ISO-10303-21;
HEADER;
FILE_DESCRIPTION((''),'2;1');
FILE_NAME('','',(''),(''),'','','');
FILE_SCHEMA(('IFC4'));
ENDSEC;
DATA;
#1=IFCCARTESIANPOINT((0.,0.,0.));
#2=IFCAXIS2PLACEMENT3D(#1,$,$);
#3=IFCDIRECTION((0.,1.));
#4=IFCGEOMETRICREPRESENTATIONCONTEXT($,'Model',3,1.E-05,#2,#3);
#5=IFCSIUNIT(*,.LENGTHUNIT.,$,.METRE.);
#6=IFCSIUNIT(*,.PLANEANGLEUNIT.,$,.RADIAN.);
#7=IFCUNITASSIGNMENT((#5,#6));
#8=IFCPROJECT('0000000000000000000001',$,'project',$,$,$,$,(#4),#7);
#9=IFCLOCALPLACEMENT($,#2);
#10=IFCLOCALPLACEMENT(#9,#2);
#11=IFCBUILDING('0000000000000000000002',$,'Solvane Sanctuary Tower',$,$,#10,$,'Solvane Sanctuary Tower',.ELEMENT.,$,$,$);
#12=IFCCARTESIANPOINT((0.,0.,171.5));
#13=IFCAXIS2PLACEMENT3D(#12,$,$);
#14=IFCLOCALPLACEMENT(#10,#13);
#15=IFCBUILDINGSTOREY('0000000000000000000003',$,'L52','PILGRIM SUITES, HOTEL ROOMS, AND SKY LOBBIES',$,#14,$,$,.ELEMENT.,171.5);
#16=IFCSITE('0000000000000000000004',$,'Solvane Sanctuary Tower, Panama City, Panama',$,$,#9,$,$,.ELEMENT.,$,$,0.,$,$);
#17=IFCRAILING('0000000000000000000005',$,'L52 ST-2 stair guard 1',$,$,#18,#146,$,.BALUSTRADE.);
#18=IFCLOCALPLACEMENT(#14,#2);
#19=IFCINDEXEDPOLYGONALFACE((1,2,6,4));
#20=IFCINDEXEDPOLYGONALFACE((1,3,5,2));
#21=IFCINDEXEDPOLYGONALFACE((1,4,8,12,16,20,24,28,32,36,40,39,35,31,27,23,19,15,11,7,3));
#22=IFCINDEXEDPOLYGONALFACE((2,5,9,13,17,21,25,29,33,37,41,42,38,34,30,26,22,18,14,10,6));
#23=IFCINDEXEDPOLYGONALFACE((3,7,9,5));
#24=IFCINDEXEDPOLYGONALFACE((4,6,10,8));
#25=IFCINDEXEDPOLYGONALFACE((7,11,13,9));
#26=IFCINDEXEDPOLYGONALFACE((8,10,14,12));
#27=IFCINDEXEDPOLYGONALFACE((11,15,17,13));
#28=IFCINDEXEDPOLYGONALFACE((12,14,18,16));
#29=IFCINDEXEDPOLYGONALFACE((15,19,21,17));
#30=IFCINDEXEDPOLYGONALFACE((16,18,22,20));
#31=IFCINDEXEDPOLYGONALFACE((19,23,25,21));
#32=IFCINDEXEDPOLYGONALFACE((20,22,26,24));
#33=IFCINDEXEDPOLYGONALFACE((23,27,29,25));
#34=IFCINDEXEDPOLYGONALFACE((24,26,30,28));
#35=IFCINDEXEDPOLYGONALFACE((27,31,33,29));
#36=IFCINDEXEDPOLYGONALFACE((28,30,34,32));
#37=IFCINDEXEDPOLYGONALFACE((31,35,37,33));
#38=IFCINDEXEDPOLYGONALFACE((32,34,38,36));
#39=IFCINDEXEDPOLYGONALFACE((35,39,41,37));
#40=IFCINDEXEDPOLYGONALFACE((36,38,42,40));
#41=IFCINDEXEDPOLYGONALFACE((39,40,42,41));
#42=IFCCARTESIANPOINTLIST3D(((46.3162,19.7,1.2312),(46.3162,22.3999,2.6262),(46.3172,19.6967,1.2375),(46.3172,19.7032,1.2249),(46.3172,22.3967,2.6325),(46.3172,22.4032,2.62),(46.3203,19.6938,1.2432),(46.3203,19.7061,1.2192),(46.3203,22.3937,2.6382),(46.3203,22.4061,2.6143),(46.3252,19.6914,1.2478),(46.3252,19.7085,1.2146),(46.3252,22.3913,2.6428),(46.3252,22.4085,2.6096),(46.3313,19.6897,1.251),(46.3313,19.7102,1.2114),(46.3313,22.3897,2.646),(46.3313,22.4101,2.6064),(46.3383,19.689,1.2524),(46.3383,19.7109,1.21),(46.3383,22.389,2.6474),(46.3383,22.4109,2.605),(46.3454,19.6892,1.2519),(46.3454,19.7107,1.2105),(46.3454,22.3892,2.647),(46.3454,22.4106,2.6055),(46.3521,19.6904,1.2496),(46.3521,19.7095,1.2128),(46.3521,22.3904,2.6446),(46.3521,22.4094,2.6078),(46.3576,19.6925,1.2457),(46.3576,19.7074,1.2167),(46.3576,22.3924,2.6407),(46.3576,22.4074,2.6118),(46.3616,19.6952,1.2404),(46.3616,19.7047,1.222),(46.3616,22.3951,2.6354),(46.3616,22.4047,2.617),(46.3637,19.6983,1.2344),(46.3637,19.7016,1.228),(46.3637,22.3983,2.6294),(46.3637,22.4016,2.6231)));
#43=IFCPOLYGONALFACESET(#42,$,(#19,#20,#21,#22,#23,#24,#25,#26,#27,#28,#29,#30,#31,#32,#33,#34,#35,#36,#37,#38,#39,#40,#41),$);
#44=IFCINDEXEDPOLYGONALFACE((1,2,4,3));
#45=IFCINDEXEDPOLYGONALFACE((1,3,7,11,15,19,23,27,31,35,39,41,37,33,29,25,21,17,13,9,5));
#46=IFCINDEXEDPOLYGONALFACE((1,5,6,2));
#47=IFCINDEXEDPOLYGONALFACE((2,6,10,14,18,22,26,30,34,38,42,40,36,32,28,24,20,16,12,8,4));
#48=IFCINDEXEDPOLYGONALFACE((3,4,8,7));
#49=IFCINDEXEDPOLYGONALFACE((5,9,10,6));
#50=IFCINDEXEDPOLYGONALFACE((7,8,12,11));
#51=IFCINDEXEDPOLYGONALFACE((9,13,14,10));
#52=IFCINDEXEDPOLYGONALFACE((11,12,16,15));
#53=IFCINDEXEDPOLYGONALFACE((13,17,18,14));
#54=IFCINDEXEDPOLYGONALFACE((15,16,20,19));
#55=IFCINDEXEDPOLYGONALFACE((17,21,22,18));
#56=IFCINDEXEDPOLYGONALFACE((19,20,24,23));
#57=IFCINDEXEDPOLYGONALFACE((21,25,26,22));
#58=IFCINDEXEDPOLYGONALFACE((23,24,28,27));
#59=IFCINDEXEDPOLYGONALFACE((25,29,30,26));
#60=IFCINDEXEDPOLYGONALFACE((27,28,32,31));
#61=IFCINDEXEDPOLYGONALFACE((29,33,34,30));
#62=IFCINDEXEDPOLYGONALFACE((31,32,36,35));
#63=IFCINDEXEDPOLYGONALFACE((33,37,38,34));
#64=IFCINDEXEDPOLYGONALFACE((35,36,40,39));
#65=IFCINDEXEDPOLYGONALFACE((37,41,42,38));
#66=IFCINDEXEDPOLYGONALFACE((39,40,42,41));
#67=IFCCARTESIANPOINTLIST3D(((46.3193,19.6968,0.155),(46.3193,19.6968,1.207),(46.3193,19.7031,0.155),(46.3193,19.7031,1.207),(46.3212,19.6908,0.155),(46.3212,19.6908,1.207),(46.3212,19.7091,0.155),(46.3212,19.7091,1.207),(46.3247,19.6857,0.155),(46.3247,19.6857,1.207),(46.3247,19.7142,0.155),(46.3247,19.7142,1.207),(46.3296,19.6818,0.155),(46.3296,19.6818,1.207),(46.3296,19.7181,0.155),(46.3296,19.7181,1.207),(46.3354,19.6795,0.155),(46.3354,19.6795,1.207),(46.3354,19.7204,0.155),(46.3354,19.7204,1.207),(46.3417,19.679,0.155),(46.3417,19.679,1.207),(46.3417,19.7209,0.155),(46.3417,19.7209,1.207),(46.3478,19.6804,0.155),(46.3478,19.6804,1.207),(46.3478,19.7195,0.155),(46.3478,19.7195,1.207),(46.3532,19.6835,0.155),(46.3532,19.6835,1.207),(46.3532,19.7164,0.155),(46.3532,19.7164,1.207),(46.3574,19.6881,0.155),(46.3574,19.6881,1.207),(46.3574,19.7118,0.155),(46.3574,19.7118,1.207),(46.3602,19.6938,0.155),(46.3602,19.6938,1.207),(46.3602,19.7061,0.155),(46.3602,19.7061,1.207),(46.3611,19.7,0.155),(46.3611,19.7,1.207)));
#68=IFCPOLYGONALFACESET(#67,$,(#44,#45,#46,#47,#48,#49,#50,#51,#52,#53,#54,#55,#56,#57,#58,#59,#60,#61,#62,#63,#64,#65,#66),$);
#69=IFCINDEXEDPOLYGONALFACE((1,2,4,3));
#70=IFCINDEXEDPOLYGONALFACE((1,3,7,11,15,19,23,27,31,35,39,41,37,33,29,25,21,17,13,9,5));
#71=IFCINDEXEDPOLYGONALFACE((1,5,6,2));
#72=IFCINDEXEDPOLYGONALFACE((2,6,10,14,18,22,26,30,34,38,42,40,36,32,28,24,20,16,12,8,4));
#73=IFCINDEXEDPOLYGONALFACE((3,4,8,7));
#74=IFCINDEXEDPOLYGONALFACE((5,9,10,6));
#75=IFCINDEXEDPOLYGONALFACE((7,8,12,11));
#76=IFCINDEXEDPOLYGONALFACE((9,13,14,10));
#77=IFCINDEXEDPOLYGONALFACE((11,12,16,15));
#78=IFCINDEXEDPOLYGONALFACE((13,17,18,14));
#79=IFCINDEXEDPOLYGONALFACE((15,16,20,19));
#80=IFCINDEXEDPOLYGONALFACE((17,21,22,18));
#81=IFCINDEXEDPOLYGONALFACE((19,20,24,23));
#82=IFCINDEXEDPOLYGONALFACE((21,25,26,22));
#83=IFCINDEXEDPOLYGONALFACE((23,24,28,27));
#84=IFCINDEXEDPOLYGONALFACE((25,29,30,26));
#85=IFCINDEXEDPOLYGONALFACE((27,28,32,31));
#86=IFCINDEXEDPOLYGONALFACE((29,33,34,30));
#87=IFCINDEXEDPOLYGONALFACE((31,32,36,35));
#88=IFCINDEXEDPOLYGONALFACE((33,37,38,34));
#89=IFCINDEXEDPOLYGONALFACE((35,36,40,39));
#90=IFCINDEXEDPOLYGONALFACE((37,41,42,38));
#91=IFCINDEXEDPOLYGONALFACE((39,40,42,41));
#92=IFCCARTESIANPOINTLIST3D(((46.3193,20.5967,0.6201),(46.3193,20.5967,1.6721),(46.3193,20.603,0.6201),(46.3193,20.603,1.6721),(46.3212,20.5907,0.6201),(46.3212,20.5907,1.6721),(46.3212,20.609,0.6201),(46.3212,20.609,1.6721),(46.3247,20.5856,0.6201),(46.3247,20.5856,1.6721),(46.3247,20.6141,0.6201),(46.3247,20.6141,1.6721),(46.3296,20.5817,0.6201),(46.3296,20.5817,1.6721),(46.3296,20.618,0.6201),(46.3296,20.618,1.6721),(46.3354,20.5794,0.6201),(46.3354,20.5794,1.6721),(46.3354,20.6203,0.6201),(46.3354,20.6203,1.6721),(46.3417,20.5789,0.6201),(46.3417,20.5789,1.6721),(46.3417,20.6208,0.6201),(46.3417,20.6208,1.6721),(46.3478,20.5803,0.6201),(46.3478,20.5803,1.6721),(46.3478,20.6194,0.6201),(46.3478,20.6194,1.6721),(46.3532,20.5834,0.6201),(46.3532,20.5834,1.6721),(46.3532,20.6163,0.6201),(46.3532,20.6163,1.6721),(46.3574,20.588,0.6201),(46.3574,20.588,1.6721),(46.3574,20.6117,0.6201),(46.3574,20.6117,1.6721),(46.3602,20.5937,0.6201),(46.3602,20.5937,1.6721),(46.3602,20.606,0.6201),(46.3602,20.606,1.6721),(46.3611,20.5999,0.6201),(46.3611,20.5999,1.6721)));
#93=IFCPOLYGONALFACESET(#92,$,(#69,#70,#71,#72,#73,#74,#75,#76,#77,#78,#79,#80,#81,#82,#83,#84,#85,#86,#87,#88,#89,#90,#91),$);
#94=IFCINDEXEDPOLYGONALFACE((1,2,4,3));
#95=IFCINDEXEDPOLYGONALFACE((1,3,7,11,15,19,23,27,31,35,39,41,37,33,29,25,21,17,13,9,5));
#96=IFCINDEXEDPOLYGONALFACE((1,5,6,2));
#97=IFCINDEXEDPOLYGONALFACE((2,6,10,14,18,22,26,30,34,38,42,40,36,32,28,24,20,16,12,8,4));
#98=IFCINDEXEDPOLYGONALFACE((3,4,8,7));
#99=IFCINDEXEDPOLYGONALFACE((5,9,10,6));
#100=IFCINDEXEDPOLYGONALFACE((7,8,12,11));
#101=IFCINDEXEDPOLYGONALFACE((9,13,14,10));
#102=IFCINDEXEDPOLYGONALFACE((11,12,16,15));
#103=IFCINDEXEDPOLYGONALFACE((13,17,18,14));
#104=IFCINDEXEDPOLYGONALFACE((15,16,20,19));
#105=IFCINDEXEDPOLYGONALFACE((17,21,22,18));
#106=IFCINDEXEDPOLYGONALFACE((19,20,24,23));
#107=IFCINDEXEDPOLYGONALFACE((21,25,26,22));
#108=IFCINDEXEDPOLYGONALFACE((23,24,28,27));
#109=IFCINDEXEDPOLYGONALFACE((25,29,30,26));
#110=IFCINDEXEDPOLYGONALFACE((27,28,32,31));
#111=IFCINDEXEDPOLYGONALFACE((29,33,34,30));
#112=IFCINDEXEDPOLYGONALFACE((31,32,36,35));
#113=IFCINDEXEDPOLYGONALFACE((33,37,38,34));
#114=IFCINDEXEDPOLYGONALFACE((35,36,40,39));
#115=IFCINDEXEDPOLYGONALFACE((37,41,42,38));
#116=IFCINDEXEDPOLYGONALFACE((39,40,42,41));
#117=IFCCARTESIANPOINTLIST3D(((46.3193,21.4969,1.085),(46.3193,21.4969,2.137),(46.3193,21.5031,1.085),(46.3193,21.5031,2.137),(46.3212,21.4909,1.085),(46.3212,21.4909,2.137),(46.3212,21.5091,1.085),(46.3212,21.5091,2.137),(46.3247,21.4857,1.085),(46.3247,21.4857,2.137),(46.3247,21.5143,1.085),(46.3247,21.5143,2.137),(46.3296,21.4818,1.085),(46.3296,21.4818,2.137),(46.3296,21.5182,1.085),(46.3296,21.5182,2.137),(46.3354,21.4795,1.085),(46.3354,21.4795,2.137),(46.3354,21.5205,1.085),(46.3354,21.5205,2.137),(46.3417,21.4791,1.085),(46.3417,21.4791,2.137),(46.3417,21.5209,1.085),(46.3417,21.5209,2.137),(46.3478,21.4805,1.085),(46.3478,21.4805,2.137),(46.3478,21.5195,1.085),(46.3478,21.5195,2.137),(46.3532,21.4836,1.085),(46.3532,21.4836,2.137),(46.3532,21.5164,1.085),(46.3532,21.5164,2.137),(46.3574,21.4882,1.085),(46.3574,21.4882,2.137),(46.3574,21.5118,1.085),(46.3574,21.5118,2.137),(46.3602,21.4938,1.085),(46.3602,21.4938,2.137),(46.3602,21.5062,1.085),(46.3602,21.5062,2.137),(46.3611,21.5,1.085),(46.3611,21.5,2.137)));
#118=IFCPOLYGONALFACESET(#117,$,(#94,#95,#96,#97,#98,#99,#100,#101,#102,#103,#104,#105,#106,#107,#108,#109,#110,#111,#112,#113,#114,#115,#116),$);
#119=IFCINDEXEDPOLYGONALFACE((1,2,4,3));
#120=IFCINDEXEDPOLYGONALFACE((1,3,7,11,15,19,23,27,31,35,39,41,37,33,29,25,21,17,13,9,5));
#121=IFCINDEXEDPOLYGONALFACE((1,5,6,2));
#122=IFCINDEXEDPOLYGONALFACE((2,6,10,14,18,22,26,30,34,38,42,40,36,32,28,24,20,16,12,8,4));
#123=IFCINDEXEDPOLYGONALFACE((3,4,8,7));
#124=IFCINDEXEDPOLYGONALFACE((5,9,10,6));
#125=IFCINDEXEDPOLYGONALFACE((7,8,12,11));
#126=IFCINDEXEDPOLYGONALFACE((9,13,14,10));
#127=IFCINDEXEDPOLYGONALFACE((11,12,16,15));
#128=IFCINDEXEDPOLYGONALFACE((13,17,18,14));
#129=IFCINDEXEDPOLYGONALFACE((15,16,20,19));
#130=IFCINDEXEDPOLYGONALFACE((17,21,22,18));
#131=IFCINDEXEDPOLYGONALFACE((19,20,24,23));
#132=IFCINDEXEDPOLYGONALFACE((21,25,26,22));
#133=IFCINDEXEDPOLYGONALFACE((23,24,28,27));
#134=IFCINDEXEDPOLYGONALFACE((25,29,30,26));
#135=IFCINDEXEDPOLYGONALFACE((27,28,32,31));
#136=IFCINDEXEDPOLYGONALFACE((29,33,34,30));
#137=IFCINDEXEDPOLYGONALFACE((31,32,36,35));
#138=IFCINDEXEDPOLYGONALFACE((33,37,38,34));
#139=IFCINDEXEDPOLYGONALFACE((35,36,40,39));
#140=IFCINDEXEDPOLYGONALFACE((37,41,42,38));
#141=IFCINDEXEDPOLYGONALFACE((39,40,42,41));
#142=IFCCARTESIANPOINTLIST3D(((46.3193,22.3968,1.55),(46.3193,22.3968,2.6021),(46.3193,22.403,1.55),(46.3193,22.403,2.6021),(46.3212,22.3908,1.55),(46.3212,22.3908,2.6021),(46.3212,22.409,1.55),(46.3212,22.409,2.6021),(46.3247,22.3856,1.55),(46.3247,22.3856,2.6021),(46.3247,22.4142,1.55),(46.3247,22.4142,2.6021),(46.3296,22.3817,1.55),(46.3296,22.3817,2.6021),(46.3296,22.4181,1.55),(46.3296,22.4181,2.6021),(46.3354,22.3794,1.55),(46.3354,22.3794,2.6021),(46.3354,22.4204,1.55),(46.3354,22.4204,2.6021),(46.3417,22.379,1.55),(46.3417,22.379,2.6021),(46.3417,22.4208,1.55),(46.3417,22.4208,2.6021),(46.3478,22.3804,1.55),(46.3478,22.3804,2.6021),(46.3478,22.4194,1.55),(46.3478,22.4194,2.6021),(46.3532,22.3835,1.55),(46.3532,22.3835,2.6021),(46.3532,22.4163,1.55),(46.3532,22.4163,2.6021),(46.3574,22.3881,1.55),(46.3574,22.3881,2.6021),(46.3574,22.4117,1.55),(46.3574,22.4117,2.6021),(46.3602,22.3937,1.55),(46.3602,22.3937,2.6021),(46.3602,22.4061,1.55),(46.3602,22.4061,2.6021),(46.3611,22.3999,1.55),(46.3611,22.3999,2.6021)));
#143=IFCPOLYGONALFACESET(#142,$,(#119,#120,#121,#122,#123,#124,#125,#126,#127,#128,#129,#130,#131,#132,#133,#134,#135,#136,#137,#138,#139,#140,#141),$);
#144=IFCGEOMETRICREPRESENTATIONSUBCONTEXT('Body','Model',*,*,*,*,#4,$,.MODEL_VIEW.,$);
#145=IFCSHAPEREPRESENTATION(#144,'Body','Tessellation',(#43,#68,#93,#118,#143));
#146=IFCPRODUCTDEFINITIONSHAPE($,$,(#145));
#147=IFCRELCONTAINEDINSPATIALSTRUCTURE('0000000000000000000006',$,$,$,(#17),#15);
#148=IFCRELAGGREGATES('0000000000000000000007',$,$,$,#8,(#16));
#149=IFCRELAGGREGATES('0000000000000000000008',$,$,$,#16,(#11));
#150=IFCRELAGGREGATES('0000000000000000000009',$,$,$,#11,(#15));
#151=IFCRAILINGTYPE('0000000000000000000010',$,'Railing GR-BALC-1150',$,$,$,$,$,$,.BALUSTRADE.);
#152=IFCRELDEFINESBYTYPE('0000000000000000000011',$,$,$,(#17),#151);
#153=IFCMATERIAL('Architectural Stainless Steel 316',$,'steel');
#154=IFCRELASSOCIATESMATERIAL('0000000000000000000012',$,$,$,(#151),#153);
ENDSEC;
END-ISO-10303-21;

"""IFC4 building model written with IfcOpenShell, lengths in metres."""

from ifc_helpers import new_model, si_unit, direction, frame, origin, origin_2d, place, context, subcontext, project, spatial, circle, extrude, material, type_object, element, save


model = new_model("IFC4")

# Units and contexts
model_context = context("Model", 3, precision=1e-05, world=origin(), true_north=direction((0.0, 1.0)))
body_context = subcontext(model_context, "Body", "Model", "MODEL_VIEW")
ifc_project = project(units=[si_unit("LENGTHUNIT", "METRE"), si_unit("PLANEANGLEUNIT", "RADIAN")], contexts=[model_context])

# Site, building, storey
site_placement = place(None, origin())
site = spatial("IfcSite", under=ifc_project, at=site_placement, Name="Solvane Sanctuary Tower, Panama City, Panama", CompositionType="ELEMENT", RefElevation=0.0)
building_placement = place(site_placement, origin())
building = spatial("IfcBuilding", under=site, at=building_placement, Name="Solvane Sanctuary Tower", LongName="Solvane Sanctuary Tower", CompositionType="ELEMENT")
storey_placement = place(building_placement, frame((0.0, 0.0, 171.5)))
storey = spatial("IfcBuildingStorey", under=building, at=storey_placement, Name="L52", Description="PILGRIM SUITES, HOTEL ROOMS, AND SKY LOBBIES", CompositionType="ELEMENT", Elevation=171.5)

# Shared definitions
ifc_material_1 = material(Name="Architectural Stainless Steel 316", Category="steel")

# Railing
railing_type_1 = type_object("IfcRailingType", Name="Railing GR-BALC-1150", PredefinedType="BALUSTRADE", material=ifc_material_1)
railing_1_placement = place(storey_placement, frame((46.3401, 19.7, 0.155)))
element("IfcRailing", 1, at=railing_1_placement, inside=storey, type_object=railing_type_1, Name="L52 ST-2 stair guard 1", PredefinedType="BALUSTRADE", context=body_context, shape_type="SweptSolid", body=[
    extrude(circle(Radius=0.0239, at=origin_2d()), frame((0.0, 0.0, 1.0762), z_axis=(0.0, 0.88842, 0.459032), x_axis=(-1.0, 0.0, 0.0)), (0.0, 0.0, 1.0), 3.0391),
    extrude(circle(Radius=0.021, at=origin_2d()), origin(), (0.0, 0.0, 1.0), 1.052),
    extrude(circle(Radius=0.021, at=origin_2d()), frame((0.0, 0.8999, 0.4651)), (0.0, 0.0, 1.0), 1.052),
    extrude(circle(Radius=0.021, at=origin_2d()), frame((0.0, 1.8, 0.9299)), (0.0, 0.0, 1.0), 1.052),
    extrude(circle(Radius=0.021, at=origin_2d()), frame((0.0, 2.7, 1.395)), (0.0, 0.0, 1.0), 1.052),
])

save(model, "model.ifc")
